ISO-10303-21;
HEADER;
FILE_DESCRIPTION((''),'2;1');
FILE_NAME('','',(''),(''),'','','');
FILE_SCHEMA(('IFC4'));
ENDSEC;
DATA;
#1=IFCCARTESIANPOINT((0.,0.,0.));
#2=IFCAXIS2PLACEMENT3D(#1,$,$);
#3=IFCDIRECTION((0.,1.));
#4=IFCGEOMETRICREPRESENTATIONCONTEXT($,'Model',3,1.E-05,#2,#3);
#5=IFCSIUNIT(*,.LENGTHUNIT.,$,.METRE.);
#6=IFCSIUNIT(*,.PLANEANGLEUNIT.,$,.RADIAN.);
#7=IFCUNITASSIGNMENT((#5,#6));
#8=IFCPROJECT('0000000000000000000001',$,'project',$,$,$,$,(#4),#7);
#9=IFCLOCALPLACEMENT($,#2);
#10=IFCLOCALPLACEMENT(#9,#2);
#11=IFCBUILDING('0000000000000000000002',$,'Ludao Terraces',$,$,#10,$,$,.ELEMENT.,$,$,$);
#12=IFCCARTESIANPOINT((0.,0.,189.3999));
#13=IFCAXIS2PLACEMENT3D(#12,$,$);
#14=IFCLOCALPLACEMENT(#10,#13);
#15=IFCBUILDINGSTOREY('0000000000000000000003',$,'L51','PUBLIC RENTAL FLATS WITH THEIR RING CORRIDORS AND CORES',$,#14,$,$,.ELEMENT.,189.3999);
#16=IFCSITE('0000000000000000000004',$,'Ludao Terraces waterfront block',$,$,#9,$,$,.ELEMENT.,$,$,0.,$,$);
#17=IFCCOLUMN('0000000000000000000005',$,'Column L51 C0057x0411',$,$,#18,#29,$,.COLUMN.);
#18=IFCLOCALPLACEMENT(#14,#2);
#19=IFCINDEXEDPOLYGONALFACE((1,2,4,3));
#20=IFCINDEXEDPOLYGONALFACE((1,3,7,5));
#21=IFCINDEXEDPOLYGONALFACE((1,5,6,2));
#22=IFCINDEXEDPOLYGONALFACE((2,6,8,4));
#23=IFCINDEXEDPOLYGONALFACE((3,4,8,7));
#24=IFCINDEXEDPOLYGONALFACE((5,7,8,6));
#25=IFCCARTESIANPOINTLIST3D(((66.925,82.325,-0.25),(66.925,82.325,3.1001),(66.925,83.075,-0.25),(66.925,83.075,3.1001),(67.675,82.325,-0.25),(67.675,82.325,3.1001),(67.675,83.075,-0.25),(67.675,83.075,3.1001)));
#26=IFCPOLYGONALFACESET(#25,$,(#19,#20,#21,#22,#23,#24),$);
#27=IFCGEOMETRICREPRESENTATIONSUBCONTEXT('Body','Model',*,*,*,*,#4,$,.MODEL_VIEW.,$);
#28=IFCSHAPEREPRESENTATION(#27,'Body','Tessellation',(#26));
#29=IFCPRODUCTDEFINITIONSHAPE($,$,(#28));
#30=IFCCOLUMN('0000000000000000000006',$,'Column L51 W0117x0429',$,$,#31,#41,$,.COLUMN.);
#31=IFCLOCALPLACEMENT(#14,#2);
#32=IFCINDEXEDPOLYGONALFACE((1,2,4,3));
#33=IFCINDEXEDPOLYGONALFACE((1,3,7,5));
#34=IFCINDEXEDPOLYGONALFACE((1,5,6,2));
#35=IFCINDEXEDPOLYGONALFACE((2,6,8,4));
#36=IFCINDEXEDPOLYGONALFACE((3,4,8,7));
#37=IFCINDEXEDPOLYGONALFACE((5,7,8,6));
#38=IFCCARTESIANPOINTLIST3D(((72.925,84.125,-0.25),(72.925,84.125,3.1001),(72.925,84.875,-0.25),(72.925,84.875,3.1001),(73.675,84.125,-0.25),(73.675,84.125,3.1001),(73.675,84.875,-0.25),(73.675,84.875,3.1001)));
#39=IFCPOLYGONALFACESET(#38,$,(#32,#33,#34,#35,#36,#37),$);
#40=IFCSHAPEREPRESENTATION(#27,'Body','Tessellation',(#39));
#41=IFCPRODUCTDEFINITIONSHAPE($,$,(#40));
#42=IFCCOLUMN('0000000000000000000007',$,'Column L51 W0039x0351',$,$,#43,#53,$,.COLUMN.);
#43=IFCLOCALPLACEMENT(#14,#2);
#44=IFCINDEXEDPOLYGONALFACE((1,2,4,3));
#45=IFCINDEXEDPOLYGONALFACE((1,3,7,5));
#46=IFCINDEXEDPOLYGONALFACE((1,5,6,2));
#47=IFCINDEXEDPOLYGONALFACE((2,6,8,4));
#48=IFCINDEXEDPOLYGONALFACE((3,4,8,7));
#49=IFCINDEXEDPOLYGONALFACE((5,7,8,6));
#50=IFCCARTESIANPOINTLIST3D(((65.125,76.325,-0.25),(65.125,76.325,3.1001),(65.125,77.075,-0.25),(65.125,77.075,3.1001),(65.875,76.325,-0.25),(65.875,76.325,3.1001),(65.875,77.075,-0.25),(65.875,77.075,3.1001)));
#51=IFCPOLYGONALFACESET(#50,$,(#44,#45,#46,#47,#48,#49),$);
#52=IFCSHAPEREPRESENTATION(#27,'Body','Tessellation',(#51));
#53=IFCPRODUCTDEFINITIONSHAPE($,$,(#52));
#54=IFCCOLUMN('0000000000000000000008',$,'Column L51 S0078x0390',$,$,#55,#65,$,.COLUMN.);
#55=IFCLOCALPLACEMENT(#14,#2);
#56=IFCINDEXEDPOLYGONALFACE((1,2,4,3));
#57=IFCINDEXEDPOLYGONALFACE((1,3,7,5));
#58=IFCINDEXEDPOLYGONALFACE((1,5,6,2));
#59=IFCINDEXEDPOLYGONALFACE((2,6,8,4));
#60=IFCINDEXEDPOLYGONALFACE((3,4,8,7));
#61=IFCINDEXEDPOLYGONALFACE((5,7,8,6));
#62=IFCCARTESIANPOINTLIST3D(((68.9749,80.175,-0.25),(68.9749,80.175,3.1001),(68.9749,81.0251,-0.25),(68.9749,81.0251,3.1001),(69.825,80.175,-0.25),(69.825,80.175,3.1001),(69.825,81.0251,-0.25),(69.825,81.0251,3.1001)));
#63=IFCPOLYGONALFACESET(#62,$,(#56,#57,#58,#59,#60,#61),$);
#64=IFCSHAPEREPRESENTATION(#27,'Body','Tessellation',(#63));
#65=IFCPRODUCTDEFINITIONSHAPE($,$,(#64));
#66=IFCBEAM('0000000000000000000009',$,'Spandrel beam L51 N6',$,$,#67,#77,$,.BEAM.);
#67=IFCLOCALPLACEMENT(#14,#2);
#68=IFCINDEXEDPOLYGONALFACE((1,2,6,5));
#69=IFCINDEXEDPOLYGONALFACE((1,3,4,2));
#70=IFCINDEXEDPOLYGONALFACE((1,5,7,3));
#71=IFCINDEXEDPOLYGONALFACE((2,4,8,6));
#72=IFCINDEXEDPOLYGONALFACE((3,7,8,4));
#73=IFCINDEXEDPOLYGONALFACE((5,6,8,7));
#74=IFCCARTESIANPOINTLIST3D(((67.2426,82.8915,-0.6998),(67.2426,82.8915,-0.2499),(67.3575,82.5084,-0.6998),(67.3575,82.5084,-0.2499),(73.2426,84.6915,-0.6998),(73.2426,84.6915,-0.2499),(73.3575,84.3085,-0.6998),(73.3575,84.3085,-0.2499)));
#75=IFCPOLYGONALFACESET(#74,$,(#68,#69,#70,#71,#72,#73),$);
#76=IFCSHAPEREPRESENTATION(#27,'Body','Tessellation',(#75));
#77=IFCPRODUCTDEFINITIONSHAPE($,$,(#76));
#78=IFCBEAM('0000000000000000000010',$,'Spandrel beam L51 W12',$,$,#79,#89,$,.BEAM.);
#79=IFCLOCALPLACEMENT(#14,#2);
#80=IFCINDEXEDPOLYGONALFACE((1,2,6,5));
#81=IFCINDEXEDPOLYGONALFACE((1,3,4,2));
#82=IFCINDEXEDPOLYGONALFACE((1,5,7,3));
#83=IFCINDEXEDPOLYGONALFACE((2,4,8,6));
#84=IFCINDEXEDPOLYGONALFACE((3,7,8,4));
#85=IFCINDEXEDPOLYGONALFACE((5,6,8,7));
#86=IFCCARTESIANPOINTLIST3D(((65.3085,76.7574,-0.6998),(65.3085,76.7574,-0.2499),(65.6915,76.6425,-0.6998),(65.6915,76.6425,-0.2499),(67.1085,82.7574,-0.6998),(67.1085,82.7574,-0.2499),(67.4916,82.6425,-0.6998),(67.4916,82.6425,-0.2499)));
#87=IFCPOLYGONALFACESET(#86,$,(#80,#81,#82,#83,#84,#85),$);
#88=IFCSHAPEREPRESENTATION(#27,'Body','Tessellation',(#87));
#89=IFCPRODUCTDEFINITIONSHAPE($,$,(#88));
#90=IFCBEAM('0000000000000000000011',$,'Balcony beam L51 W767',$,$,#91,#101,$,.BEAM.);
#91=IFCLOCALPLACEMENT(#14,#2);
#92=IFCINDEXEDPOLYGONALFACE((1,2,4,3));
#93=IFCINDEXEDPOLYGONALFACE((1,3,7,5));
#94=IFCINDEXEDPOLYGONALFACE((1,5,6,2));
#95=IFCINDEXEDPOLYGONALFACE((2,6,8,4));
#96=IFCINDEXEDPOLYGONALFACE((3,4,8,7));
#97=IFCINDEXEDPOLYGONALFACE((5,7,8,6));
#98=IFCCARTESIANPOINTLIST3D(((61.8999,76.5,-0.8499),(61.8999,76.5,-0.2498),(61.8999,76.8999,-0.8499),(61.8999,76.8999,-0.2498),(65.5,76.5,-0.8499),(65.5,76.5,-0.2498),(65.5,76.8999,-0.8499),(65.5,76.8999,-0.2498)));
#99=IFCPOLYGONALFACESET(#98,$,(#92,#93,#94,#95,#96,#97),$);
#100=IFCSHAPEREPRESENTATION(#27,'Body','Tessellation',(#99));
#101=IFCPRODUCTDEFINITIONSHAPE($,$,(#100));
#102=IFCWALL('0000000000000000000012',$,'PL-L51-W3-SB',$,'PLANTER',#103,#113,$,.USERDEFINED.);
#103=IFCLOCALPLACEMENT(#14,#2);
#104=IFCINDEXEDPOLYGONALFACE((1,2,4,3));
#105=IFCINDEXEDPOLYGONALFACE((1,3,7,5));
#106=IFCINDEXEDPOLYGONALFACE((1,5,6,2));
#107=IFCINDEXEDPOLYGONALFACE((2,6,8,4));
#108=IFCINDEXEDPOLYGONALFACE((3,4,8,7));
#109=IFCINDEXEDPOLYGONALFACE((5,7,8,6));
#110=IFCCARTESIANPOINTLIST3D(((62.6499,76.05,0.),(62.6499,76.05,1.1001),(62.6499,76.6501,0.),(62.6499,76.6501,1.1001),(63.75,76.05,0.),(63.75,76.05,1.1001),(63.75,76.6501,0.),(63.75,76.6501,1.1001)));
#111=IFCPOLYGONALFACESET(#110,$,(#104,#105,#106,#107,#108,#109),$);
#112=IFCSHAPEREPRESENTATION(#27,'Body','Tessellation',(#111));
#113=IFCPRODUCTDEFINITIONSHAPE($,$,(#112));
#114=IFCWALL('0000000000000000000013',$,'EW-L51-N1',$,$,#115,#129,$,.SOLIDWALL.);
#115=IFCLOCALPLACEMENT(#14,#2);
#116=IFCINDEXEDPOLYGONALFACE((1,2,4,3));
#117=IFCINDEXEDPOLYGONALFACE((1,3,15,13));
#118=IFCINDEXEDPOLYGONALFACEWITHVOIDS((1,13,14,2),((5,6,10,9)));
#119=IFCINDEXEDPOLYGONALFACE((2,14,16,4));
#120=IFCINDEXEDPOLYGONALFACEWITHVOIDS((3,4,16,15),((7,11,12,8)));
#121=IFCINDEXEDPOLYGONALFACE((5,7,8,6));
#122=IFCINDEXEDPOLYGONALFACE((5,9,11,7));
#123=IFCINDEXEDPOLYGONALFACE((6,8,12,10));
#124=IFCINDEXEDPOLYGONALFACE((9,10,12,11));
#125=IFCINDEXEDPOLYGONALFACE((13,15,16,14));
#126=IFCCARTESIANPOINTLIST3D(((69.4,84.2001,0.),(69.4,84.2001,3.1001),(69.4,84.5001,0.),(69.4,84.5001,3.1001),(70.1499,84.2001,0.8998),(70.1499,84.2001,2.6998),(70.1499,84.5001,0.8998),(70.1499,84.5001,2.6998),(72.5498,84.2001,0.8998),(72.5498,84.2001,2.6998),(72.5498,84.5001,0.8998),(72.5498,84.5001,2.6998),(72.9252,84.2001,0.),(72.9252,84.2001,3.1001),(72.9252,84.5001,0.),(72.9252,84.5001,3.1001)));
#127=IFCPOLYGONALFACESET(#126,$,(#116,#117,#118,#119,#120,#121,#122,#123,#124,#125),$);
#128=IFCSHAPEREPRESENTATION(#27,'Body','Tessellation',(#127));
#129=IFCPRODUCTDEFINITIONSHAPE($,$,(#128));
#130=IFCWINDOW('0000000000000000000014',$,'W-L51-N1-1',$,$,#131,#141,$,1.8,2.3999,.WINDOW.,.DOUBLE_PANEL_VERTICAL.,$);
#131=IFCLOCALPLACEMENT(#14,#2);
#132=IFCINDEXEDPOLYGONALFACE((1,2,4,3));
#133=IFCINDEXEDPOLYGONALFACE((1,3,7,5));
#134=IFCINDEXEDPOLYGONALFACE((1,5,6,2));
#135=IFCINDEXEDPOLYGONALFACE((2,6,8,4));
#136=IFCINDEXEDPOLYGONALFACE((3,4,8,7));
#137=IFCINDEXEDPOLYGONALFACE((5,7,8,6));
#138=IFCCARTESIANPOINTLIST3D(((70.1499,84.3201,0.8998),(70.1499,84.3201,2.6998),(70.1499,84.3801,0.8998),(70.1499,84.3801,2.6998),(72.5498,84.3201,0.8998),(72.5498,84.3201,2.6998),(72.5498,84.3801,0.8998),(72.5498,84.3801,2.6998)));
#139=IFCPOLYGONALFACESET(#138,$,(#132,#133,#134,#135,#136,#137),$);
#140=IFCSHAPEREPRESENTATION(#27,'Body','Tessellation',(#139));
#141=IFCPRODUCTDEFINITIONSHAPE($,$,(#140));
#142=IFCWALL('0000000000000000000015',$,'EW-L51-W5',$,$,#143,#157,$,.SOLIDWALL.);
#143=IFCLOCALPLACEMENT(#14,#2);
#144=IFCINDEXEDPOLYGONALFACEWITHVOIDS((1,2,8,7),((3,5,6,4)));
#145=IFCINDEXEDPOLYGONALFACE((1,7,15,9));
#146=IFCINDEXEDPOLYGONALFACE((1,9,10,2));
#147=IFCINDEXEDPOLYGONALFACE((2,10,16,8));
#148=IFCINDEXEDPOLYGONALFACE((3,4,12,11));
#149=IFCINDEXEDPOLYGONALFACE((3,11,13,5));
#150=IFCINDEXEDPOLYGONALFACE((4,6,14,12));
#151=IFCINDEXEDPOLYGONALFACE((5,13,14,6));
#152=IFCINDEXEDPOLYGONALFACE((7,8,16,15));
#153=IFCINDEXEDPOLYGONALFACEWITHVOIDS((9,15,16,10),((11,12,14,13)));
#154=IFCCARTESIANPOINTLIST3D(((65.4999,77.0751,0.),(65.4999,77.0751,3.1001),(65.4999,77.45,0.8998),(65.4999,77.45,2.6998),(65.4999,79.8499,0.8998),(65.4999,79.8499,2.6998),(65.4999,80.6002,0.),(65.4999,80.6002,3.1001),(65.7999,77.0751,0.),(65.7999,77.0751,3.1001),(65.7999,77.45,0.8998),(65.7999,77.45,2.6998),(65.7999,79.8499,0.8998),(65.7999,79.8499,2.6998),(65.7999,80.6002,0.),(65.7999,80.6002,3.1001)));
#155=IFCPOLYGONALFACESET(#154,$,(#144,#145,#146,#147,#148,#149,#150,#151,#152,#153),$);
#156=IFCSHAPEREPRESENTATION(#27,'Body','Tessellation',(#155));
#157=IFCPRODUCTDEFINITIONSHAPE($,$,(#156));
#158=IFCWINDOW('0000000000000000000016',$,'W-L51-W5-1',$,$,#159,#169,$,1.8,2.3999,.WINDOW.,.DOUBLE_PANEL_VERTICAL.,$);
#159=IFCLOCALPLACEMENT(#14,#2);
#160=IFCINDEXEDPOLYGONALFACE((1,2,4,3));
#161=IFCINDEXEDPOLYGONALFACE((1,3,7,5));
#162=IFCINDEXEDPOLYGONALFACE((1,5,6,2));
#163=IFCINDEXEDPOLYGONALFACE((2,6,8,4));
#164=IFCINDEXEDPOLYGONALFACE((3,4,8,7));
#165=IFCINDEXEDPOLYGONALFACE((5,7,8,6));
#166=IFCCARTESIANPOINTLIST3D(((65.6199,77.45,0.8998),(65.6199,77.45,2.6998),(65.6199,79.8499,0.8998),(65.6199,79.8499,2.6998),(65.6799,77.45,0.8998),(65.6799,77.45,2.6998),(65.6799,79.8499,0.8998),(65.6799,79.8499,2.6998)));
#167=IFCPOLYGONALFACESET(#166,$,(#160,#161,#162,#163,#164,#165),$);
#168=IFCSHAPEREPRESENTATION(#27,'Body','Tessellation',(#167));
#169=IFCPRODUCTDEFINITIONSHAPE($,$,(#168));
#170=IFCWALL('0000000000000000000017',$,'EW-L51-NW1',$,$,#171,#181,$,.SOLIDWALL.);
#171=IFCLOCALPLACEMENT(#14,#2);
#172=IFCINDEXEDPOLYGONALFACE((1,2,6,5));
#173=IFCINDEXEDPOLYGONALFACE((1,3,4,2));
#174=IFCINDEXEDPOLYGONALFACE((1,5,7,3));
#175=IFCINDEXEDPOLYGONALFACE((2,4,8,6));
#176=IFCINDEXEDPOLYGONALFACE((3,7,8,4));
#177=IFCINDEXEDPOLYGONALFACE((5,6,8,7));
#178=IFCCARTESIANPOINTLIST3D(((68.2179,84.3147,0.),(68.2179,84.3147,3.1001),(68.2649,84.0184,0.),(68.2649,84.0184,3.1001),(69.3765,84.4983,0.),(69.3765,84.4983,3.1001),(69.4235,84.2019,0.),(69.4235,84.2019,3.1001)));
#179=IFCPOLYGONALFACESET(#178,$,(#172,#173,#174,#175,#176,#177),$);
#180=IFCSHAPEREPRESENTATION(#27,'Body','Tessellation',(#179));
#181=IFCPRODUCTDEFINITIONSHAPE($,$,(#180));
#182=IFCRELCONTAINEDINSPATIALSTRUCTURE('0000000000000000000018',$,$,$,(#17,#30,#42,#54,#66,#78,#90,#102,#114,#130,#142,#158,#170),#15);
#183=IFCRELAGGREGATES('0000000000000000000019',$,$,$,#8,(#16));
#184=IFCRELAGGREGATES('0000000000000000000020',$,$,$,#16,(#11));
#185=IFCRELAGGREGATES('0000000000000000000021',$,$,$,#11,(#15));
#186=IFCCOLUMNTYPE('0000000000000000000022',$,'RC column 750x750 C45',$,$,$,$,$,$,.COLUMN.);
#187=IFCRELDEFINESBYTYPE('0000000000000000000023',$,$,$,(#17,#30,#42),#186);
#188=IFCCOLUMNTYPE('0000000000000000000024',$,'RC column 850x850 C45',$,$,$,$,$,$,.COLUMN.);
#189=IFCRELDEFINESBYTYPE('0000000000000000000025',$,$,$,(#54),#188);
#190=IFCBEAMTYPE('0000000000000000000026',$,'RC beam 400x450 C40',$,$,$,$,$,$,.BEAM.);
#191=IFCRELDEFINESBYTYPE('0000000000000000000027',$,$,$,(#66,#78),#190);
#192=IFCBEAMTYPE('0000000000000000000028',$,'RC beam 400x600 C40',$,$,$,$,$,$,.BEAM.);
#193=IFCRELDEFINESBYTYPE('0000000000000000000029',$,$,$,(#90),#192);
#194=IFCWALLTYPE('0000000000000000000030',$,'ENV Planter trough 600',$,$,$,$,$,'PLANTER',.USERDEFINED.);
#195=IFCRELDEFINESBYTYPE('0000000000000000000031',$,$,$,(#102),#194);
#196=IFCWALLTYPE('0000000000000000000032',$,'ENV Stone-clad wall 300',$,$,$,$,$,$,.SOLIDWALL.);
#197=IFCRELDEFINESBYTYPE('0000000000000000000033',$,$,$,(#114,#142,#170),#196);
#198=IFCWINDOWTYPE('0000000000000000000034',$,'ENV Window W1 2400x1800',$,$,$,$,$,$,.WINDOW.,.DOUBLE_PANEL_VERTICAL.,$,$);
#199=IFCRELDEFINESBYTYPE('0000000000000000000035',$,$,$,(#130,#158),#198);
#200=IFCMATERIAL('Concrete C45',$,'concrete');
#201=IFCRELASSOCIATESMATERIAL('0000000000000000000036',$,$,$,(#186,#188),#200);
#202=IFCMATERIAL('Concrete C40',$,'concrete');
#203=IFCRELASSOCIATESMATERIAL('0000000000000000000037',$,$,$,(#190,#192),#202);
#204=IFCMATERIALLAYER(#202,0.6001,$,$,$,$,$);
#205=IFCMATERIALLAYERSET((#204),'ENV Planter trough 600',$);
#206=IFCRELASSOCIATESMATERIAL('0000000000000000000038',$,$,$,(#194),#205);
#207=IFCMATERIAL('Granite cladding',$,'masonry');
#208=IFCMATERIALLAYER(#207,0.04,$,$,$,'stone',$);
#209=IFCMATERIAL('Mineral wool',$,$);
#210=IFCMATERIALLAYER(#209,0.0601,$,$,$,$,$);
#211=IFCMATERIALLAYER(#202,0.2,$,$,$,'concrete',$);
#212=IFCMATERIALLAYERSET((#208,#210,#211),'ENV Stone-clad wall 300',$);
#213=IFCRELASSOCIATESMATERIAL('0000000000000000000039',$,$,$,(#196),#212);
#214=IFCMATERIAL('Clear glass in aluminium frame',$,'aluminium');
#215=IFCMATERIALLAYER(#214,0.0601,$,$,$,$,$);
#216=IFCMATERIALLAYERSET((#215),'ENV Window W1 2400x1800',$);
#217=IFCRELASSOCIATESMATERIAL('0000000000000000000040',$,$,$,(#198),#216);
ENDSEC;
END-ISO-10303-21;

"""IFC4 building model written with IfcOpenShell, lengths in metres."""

from ifc_helpers import new_model, si_unit, direction, frame, frame_2d, origin, origin_2d, place, context, subcontext, project, spatial, rectangle, extrude, material, layer, layer_set, material_profile, profile_set, type_object, element, fill, save


model = new_model("IFC4")

# Units and contexts
model_context = context("Model", 3, precision=1e-05, world=origin(), true_north=direction((0.0, 1.0)))
body_context = subcontext(model_context, "Body", "Model", "MODEL_VIEW")
ifc_project = project(units=[si_unit("LENGTHUNIT", "METRE"), si_unit("PLANEANGLEUNIT", "RADIAN")], contexts=[model_context])

# Site, building, storey
site_placement = place(None, origin())
site = spatial("IfcSite", under=ifc_project, at=site_placement, Name="Ludao Terraces waterfront block", CompositionType="ELEMENT", RefElevation=0.0)
building_placement = place(site_placement, origin())
building = spatial("IfcBuilding", under=site, at=building_placement, Name="Ludao Terraces", CompositionType="ELEMENT")
storey_placement = place(building_placement, frame((0.0, 0.0, 189.3999)))
storey = spatial("IfcBuildingStorey", under=building, at=storey_placement, Name="L51", Description="PUBLIC RENTAL FLATS WITH THEIR RING CORRIDORS AND CORES", CompositionType="ELEMENT", Elevation=189.3999)

# Columns
ifc_material_1 = material(Name="Concrete C45", Category="concrete")
ifc_material_profile_1 = material_profile(ifc_material_1, rectangle(XDim=0.75, YDim=0.75, at=origin_2d()), Name="750 X 750")
ifc_profile_set_1 = profile_set([ifc_material_profile_1], Name="Concrete C45")
column_type_1 = type_object("IfcColumnType", Name="RC column 750x750 C45", PredefinedType="COLUMN", material=ifc_profile_set_1)
for number, where, z_axis, x_axis, name in (
    (1, (67.3, 82.7, -0.25), (0.0, 0.0, 1.0), (1.0, 0.0, 0.0), "Column L51 C0057x0411"),
    (2, (73.3, 84.5, -0.25), (0.0, 0.0, 1.0), (1.0, 0.0, 0.0), "Column L51 W0117x0429"),
    (3, (65.5, 76.7, -0.25), (0.0, 0.0, 1.0), (1.0, 0.0, 0.0), "Column L51 W0039x0351"),
):
    element("IfcColumn", number, at=place(storey_placement, frame(where, z_axis=z_axis, x_axis=x_axis)), inside=storey, type_object=column_type_1, Name=name, PredefinedType="COLUMN", context=body_context, shape_type="SweptSolid", body=[
        extrude(rectangle(XDim=0.75, YDim=0.75, at=origin_2d()), origin(), (0.0, 0.0, 1.0), 3.3501),
    ])
ifc_material_profile_2 = material_profile(ifc_material_1, rectangle(XDim=0.8501, YDim=0.8501, at=origin_2d()), Name="850 X 850")
ifc_profile_set_2 = profile_set([ifc_material_profile_2], Name="Concrete C45")
column_type_2 = type_object("IfcColumnType", Name="RC column 850x850 C45", PredefinedType="COLUMN", material=ifc_profile_set_2)
column_placement = place(storey_placement, frame((69.3999, 80.6001, -0.25), z_axis=(0.0, 0.0, 1.0), x_axis=(1.0, 0.0, 0.0)))
element("IfcColumn", 4, at=column_placement, inside=storey, type_object=column_type_2, Name="Column L51 S0078x0390", PredefinedType="COLUMN", context=body_context, shape_type="SweptSolid", body=[
    extrude(rectangle(XDim=0.8501, YDim=0.8501, at=origin_2d()), origin(), (0.0, 0.0, 1.0), 3.3501),
])

# Beams
ifc_material_2 = material(Name="Concrete C40", Category="concrete")
ifc_material_profile_3 = material_profile(ifc_material_2, rectangle(XDim=0.3999, YDim=0.45, at=origin_2d()), Name="400 X 450")
ifc_profile_set_3 = profile_set([ifc_material_profile_3], Name="Concrete C40")
beam_type_1 = type_object("IfcBeamType", Name="RC beam 400x450 C40", PredefinedType="BEAM", material=ifc_profile_set_3)
for number, where, z_axis, x_axis, name in (
    (5, (67.3, 82.7, -0.4749), (0.957824, 0.287355, 0.0), (-0.287355, 0.957824, 0.0), "Spandrel beam L51 N6"),
    (6, (65.5, 76.7, -0.4749), (0.287355, 0.957824, 0.0), (-0.957824, 0.287355, 0.0), "Spandrel beam L51 W12"),
):
    element("IfcBeam", number, at=place(storey_placement, frame(where, z_axis=z_axis, x_axis=x_axis)), inside=storey, type_object=beam_type_1, Name=name, PredefinedType="BEAM", context=body_context, shape_type="SweptSolid", body=[
        extrude(rectangle(XDim=0.3999, YDim=0.45, at=origin_2d()), origin(), (0.0, 0.0, 1.0), 6.2642),
    ])
ifc_material_profile_4 = material_profile(ifc_material_2, rectangle(XDim=0.3999, YDim=0.6001, at=origin_2d()), Name="400 X 600")
ifc_profile_set_4 = profile_set([ifc_material_profile_4], Name="Concrete C40")
beam_type_2 = type_object("IfcBeamType", Name="RC beam 400x600 C40", PredefinedType="BEAM", material=ifc_profile_set_4)
beam_placement = place(storey_placement, frame((65.5, 76.7, -0.5498), z_axis=(-1.0, 0.0, 0.0), x_axis=(0.0, -1.0, 0.0)))
element("IfcBeam", 7, at=beam_placement, inside=storey, type_object=beam_type_2, Name="Balcony beam L51 W767", PredefinedType="BEAM", context=body_context, shape_type="SweptSolid", body=[
    extrude(rectangle(XDim=0.3999, YDim=0.6001, at=origin_2d()), origin(), (0.0, 0.0, 1.0), 3.6001),
])

# Wall
ifc_layer_1 = layer(ifc_material_2, 0.6001)
ifc_layer_set_1 = layer_set([ifc_layer_1], Name="ENV Planter trough 600")
wall_type_1 = type_object("IfcWallType", Name="ENV Planter trough 600", ElementType="PLANTER", PredefinedType="USERDEFINED", material=ifc_layer_set_1)
wall_1_placement = place(storey_placement, frame((62.6499, 76.3501, 0.0), z_axis=(0.0, 0.0, 1.0), x_axis=(1.0, 0.0, 0.0)))
element("IfcWall", 8, at=wall_1_placement, inside=storey, type_object=wall_type_1, Name="PL-L51-W3-SB", ObjectType="PLANTER", PredefinedType="USERDEFINED", context=body_context, shape_type="SweptSolid", body=[
    extrude(rectangle(XDim=1.1001, YDim=0.6001, at=frame_2d((0.55, 0.0))), origin(), (0.0, 0.0, 1.0), 1.1001),
])

# Walls, openings, windows
ifc_material_3 = material(Name="Granite cladding", Category="masonry")
ifc_layer_2 = layer(ifc_material_3, 0.04, Category="stone")
ifc_material_4 = material(Name="Mineral wool")
ifc_layer_3 = layer(ifc_material_4, 0.0601)
ifc_layer_4 = layer(ifc_material_2, 0.2, Category="concrete")
ifc_layer_set_2 = layer_set([ifc_layer_2, ifc_layer_3, ifc_layer_4], Name="ENV Stone-clad wall 300")
wall_type_2 = type_object("IfcWallType", Name="ENV Stone-clad wall 300", PredefinedType="SOLIDWALL", material=ifc_layer_set_2)
wall_2_placement = place(storey_placement, frame((69.3999, 84.3501, 0.0), z_axis=(0.0, 0.0, 1.0), x_axis=(1.0, 0.0, 0.0)))
wall_2 = element("IfcWall", 9, at=wall_2_placement, inside=storey, type_object=wall_type_2, Name="EW-L51-N1", PredefinedType="SOLIDWALL", context=body_context, shape_type="SweptSolid", body=[
    extrude(rectangle(XDim=3.5251, YDim=0.3, at=frame_2d((1.7627, 0.0))), origin(), (0.0, 0.0, 1.0), 3.1001),
])
opening_1_placement = place(wall_2_placement, frame((0.75, 0.0, 0.8999)))
opening_1 = element("IfcOpeningElement", 10, at=opening_1_placement, cuts=wall_2, PredefinedType="OPENING", context=body_context, shape_type="SweptSolid", body=[
    extrude(rectangle(XDim=2.3999, YDim=1.8, at=frame_2d((1.2, 0.8999))), frame((0.0, 0.1602, 0.0), z_axis=(0.0, -1.0, 0.0), x_axis=(1.0, 0.0, 0.0)), (0.0, 0.0, 1.0), 0.3201),
])
ifc_material_5 = material(Name="Clear glass in aluminium frame", Category="aluminium")
ifc_layer_5 = layer(ifc_material_5, 0.0601)
ifc_layer_set_3 = layer_set([ifc_layer_5], Name="ENV Window W1 2400x1800")
window_type_1 = type_object("IfcWindowType", Name="ENV Window W1 2400x1800", PartitioningType="DOUBLE_PANEL_VERTICAL", PredefinedType="WINDOW", material=ifc_layer_set_3)
window_1_placement = place(opening_1_placement, origin())
window_1 = element("IfcWindow", 11, at=window_1_placement, inside=storey, type_object=window_type_1, Name="W-L51-N1-1", OverallHeight=1.8, OverallWidth=2.3999, PartitioningType="DOUBLE_PANEL_VERTICAL", PredefinedType="WINDOW", context=body_context, shape_type="SweptSolid", body=[
    extrude(rectangle(XDim=2.3999, YDim=1.8, at=frame_2d((1.2, 0.8999))), frame((0.0, 0.03, 0.0), z_axis=(0.0, -1.0, 0.0), x_axis=(1.0, 0.0, 0.0)), (0.0, 0.0, 1.0), 0.0601),
])
fill(opening_1, window_1)
wall_3_placement = place(storey_placement, frame((65.6499, 77.075, 0.0), z_axis=(0.0, 0.0, 1.0), x_axis=(0.0, 1.0, 0.0)))
wall_3 = element("IfcWall", 12, at=wall_3_placement, inside=storey, type_object=wall_type_2, Name="EW-L51-W5", PredefinedType="SOLIDWALL", context=body_context, shape_type="SweptSolid", body=[
    extrude(rectangle(XDim=3.5251, YDim=0.3, at=frame_2d((1.7627, 0.0))), origin(), (0.0, 0.0, 1.0), 3.1001),
])
opening_2_placement = place(wall_3_placement, frame((0.375, 0.0, 0.8999)))
opening_2 = element("IfcOpeningElement", 13, at=opening_2_placement, cuts=wall_3, PredefinedType="OPENING", context=body_context, shape_type="SweptSolid", body=[
    extrude(rectangle(XDim=2.3999, YDim=1.8, at=frame_2d((1.2, 0.8999))), frame((0.0, 0.1602, 0.0), z_axis=(0.0, -1.0, 0.0), x_axis=(1.0, 0.0, 0.0)), (0.0, 0.0, 1.0), 0.3201),
])
window_2_placement = place(opening_2_placement, origin())
window_2 = element("IfcWindow", 14, at=window_2_placement, inside=storey, type_object=window_type_1, Name="W-L51-W5-1", OverallHeight=1.8, OverallWidth=2.3999, PartitioningType="DOUBLE_PANEL_VERTICAL", PredefinedType="WINDOW", context=body_context, shape_type="SweptSolid", body=[
    extrude(rectangle(XDim=2.3999, YDim=1.8, at=frame_2d((1.2, 0.8999))), frame((0.0, 0.03, 0.0), z_axis=(0.0, -1.0, 0.0), x_axis=(1.0, 0.0, 0.0)), (0.0, 0.0, 1.0), 0.0601),
])
fill(opening_2, window_2)

# Wall
wall_4_placement = place(storey_placement, frame((69.3999, 84.3501, 0.0), z_axis=(0.0, 0.0, 1.0), x_axis=(-0.987678, -0.156497, 0.0)))
element("IfcWall", 15, at=wall_4_placement, inside=storey, type_object=wall_type_2, Name="EW-L51-NW1", PredefinedType="SOLIDWALL", context=body_context, shape_type="SweptSolid", body=[
    extrude(rectangle(XDim=1.1731, YDim=0.3, at=frame_2d((0.5864, 0.0))), origin(), (0.0, 0.0, 1.0), 3.1001),
])

save(model, "model.ifc")
